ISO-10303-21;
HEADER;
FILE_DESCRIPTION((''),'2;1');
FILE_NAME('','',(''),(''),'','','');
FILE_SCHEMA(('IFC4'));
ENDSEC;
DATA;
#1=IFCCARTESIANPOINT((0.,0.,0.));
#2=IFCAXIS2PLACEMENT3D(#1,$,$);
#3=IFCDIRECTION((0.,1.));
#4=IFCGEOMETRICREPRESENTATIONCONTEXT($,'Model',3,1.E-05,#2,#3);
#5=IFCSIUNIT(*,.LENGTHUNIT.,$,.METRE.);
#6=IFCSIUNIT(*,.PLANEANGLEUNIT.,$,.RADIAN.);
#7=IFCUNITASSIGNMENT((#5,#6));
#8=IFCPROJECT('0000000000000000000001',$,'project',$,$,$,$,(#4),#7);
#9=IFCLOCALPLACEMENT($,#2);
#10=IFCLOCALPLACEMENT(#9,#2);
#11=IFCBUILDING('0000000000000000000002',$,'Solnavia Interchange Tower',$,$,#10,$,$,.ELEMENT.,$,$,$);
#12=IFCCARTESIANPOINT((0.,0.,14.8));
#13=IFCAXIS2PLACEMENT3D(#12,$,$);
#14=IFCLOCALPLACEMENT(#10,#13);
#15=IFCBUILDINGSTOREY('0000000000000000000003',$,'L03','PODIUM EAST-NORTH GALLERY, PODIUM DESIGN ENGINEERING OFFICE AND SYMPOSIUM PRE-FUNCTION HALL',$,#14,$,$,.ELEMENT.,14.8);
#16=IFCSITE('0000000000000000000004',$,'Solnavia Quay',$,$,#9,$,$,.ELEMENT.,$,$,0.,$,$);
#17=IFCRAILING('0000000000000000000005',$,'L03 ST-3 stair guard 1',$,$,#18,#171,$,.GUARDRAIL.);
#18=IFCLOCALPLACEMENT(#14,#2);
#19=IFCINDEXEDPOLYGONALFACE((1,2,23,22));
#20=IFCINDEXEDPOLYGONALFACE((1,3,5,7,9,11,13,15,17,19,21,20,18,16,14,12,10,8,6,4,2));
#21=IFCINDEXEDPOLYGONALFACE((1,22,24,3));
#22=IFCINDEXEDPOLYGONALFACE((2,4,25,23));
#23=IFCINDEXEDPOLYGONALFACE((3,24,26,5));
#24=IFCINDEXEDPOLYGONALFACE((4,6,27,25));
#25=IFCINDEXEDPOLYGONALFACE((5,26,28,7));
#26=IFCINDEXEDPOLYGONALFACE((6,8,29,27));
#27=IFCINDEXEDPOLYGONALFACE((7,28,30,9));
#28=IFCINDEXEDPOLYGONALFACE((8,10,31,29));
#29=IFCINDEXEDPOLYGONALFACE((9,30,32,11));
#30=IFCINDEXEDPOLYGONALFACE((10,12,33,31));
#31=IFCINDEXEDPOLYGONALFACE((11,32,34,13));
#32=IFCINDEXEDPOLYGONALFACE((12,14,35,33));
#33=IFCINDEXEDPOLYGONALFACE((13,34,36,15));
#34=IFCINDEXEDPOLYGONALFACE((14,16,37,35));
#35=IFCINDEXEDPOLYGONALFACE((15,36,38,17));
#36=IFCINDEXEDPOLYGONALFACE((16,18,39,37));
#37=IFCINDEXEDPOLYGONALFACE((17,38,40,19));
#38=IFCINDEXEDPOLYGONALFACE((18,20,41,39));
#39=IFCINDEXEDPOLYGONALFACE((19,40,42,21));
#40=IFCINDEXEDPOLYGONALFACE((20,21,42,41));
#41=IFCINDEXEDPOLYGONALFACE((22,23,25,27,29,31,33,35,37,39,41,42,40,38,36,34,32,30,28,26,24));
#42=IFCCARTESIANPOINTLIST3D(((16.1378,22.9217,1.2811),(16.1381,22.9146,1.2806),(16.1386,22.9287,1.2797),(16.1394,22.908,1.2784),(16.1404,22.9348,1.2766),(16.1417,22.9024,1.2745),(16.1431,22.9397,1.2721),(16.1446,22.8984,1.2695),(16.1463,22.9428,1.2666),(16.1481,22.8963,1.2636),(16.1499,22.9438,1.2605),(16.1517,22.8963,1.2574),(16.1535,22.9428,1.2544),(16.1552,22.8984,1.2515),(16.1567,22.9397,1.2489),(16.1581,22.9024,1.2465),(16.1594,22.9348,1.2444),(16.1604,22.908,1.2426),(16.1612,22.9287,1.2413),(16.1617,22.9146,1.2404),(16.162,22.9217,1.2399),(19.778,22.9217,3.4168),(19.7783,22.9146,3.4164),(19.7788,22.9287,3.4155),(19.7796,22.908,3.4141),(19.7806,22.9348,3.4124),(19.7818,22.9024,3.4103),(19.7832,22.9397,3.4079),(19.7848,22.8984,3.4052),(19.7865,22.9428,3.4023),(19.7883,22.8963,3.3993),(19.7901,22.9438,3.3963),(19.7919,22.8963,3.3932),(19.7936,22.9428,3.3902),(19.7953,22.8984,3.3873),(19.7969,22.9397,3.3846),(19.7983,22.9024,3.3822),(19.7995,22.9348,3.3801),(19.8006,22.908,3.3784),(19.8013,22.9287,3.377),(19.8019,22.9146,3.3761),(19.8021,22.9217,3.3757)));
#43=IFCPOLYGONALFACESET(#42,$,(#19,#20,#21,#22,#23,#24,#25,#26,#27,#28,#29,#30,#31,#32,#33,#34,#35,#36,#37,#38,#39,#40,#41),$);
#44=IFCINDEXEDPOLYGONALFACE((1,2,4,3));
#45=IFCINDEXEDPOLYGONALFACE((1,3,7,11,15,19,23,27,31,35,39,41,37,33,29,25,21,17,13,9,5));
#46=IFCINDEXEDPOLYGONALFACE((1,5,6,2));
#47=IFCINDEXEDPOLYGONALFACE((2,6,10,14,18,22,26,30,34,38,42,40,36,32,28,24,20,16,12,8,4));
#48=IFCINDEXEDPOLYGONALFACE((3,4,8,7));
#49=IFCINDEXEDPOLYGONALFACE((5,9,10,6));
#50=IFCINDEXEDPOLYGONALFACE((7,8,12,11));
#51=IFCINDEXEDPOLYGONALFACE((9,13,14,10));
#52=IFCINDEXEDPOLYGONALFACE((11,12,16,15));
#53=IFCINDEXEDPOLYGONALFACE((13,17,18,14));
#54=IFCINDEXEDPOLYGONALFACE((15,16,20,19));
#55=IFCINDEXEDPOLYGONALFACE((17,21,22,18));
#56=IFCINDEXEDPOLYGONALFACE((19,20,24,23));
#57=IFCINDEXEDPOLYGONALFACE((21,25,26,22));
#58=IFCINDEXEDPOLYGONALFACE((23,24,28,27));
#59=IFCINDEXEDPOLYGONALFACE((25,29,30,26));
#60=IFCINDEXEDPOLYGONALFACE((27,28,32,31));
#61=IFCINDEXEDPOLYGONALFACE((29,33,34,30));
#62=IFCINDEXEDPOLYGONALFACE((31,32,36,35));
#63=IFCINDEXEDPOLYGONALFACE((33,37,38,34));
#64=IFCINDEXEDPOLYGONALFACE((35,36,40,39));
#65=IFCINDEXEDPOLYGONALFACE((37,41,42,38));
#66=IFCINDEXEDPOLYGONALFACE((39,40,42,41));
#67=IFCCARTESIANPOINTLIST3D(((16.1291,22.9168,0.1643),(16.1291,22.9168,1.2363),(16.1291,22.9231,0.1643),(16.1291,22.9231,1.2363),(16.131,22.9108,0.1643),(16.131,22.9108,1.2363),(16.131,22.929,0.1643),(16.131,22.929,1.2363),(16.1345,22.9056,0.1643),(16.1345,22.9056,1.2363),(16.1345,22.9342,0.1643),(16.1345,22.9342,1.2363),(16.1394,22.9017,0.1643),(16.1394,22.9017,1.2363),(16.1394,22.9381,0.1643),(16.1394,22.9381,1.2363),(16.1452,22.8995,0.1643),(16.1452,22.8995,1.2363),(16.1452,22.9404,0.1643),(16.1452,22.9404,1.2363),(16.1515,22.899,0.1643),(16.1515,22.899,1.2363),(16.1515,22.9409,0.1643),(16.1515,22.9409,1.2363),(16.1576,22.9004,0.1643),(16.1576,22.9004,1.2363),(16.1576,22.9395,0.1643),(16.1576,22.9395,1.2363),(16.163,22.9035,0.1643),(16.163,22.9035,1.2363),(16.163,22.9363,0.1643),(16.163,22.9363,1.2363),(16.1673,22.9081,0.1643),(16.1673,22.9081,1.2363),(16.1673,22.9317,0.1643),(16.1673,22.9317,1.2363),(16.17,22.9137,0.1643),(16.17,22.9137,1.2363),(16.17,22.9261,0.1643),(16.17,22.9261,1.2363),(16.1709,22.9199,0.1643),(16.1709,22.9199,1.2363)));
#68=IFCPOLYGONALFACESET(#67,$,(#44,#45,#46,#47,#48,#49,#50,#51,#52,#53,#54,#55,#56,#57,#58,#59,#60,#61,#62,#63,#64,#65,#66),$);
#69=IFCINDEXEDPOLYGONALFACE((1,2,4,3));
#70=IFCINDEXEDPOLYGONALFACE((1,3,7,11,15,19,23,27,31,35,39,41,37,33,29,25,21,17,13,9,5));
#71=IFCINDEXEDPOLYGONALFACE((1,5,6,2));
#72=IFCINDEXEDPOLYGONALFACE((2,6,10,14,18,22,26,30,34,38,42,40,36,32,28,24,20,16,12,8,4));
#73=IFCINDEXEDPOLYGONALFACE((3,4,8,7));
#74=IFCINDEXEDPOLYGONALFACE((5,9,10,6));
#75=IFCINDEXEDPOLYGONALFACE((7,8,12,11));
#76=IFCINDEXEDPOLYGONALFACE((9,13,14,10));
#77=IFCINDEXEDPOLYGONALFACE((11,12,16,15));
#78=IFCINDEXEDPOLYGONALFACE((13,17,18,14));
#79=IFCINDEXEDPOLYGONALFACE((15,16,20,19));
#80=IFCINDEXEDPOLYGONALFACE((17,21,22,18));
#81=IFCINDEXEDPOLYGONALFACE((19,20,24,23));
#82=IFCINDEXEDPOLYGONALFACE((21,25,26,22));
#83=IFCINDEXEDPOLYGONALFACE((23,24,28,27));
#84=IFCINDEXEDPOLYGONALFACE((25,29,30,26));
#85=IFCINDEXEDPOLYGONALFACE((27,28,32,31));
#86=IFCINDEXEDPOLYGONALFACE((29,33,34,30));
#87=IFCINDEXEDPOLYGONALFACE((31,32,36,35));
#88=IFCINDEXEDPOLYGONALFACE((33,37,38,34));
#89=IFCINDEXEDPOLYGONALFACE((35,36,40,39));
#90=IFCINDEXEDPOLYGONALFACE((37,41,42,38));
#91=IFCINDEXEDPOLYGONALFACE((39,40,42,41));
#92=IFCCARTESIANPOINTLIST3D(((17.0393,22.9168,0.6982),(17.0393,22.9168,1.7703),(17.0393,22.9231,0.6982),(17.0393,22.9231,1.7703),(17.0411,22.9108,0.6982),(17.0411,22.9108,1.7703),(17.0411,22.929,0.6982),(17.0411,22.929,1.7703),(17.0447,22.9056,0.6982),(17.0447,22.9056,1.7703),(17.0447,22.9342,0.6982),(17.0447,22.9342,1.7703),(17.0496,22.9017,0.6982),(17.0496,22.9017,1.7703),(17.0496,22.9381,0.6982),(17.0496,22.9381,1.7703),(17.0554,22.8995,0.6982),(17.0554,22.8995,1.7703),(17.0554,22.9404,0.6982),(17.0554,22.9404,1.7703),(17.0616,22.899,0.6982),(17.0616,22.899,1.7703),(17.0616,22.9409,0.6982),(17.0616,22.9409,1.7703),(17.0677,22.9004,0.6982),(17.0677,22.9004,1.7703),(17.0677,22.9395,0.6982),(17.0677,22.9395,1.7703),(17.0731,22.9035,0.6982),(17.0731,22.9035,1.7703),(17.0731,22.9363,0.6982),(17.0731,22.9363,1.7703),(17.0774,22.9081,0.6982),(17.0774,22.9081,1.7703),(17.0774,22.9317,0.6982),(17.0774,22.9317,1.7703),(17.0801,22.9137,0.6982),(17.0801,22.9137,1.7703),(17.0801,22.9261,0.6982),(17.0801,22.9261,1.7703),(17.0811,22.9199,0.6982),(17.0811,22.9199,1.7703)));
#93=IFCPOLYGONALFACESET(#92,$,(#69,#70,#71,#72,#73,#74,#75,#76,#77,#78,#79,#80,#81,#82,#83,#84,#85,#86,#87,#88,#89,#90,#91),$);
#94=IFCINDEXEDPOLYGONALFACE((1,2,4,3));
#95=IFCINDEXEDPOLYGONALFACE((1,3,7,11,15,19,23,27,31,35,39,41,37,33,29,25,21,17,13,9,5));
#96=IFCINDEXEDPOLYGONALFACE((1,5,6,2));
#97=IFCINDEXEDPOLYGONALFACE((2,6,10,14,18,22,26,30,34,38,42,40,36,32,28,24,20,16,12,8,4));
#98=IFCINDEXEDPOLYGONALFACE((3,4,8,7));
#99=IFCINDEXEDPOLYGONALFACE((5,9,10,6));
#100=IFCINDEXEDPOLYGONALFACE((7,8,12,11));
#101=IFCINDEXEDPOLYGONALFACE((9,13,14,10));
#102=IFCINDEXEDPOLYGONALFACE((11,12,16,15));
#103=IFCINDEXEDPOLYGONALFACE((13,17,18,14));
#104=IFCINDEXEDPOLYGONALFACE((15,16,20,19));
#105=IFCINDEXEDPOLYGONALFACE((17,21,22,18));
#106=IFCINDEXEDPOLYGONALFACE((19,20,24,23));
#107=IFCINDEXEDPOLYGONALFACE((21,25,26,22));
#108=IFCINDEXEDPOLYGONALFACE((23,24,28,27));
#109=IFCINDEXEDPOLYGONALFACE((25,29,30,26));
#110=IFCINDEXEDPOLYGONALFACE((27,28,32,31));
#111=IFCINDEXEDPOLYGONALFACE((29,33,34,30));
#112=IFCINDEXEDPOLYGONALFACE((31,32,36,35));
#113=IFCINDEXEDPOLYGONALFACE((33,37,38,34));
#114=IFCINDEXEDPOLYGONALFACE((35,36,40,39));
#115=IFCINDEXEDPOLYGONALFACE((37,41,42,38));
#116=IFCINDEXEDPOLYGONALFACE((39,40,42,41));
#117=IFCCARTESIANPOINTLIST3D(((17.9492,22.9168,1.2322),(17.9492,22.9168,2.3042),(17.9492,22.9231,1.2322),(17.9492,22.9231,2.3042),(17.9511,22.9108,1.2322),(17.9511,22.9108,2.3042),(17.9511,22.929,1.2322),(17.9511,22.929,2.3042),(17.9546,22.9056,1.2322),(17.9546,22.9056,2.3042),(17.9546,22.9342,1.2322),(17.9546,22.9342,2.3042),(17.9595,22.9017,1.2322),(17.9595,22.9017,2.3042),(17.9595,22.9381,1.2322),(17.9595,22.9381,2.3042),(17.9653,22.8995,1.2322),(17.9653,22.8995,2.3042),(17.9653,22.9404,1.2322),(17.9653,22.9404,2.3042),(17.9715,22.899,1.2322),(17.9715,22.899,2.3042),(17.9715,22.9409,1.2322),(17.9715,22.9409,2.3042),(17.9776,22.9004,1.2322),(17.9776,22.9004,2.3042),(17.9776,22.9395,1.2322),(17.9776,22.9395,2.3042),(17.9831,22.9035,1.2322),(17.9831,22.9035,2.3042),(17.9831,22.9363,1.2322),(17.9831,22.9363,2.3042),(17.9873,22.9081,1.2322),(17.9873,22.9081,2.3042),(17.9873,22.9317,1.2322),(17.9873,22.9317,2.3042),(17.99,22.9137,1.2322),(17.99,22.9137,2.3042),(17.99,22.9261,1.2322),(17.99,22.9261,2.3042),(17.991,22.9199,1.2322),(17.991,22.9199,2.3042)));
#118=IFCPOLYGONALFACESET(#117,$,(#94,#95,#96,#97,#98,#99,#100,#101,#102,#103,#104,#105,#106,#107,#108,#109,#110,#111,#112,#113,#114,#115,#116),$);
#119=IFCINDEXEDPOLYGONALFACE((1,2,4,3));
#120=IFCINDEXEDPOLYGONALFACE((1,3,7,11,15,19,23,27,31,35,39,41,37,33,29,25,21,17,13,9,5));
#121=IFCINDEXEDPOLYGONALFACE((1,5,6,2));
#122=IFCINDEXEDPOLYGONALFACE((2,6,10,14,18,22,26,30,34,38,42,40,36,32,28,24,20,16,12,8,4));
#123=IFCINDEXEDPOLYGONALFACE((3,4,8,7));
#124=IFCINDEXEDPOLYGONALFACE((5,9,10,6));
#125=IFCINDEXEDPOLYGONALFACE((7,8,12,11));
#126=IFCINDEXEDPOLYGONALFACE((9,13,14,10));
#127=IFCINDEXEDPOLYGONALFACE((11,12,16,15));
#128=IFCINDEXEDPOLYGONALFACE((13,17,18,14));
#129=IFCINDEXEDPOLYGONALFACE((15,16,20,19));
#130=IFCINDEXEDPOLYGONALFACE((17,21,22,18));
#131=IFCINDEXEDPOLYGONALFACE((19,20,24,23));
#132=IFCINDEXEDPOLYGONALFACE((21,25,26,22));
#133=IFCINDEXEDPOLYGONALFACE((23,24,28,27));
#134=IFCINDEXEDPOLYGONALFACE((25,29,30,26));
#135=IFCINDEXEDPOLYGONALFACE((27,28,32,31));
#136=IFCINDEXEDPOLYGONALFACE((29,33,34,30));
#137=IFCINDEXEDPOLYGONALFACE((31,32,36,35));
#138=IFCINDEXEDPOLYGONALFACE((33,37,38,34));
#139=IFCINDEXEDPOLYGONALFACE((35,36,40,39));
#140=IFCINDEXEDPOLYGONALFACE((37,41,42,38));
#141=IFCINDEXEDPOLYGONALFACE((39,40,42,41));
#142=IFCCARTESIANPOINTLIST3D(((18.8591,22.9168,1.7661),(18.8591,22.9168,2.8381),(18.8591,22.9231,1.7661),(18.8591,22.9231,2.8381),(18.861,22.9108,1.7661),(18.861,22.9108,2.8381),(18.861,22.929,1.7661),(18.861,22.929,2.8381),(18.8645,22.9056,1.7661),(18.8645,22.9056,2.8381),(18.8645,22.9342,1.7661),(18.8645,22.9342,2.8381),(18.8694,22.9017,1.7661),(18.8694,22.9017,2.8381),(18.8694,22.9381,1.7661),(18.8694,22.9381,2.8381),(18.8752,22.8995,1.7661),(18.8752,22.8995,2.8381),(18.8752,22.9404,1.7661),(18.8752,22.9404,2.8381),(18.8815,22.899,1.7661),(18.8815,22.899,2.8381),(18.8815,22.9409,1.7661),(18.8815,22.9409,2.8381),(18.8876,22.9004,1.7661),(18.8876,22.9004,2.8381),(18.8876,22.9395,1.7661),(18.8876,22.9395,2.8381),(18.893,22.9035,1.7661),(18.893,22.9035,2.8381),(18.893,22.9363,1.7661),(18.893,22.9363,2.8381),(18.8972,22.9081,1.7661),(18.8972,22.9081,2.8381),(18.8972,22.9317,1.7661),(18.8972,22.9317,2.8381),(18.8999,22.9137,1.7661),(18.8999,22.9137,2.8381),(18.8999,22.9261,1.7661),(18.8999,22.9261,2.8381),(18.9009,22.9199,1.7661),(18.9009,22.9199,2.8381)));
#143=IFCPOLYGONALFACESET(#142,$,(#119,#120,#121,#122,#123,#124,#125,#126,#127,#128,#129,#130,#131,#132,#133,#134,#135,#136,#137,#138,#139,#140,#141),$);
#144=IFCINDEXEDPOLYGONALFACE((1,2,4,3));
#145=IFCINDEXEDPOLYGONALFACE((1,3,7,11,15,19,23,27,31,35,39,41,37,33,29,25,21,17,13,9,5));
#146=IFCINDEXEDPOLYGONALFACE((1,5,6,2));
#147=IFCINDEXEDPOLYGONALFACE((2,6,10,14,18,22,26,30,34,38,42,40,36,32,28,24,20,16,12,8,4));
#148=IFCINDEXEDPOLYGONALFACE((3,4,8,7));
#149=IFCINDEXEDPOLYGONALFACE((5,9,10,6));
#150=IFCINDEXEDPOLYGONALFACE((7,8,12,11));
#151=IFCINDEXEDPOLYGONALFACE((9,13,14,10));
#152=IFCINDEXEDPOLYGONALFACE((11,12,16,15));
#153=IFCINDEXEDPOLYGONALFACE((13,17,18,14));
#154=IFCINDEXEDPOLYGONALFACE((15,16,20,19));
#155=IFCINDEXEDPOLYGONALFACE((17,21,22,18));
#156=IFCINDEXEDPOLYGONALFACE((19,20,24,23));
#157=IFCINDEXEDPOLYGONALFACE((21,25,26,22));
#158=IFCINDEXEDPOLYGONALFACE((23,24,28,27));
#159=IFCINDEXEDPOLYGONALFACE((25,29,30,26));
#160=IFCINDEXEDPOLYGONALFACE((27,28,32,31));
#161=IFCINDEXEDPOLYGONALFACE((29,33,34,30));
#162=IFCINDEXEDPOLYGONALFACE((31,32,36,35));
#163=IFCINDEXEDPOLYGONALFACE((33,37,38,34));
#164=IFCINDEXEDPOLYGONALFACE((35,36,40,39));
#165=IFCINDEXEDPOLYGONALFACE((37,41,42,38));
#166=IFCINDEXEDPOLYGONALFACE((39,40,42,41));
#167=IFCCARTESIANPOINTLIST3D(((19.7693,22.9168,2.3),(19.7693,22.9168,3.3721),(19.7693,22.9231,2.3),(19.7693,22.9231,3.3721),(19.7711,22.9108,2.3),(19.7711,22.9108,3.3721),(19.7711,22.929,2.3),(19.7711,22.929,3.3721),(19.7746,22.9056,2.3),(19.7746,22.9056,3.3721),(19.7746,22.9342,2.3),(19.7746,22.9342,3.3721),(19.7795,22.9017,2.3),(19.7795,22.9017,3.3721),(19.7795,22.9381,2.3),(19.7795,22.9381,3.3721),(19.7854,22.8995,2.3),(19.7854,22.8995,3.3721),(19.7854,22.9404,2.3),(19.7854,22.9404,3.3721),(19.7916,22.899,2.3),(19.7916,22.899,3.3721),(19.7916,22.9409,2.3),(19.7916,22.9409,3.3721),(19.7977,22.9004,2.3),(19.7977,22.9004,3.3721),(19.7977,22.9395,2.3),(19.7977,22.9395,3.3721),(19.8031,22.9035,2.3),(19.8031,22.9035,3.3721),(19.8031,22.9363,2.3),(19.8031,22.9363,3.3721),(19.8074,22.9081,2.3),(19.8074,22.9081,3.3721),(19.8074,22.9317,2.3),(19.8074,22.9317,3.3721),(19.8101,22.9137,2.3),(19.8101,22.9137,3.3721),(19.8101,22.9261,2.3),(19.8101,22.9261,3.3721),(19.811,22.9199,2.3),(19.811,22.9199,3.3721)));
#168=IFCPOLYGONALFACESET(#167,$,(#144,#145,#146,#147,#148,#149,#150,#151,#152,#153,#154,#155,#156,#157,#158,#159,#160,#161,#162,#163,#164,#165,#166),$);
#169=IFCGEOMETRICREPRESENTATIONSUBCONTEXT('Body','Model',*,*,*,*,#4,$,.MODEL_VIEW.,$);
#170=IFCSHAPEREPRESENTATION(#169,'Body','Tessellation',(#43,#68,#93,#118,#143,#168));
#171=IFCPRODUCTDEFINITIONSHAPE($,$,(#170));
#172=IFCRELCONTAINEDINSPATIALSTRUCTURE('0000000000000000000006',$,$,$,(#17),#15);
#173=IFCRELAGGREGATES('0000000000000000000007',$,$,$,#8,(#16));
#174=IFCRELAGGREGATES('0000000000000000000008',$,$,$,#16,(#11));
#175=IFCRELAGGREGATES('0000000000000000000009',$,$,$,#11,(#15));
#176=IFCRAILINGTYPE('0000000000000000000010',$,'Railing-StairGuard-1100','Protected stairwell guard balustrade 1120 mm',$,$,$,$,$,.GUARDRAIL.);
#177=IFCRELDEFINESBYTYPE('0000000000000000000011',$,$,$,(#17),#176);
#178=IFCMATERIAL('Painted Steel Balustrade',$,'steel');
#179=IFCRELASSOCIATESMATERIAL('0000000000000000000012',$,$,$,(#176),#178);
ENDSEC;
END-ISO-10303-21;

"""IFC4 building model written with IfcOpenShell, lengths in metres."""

from ifc_helpers import new_model, si_unit, direction, frame, origin, origin_2d, place, context, subcontext, project, spatial, circle, extrude, material, type_object, element, save


model = new_model("IFC4")

# Units and contexts
model_context = context("Model", 3, precision=1e-05, world=origin(), true_north=direction((0.0, 1.0)))
body_context = subcontext(model_context, "Body", "Model", "MODEL_VIEW")
ifc_project = project(units=[si_unit("LENGTHUNIT", "METRE"), si_unit("PLANEANGLEUNIT", "RADIAN")], contexts=[model_context])

# Site, building, storey
site_placement = place(None, origin())
site = spatial("IfcSite", under=ifc_project, at=site_placement, Name="Solnavia Quay", CompositionType="ELEMENT", RefElevation=0.0)
building_placement = place(site_placement, origin())
building = spatial("IfcBuilding", under=site, at=building_placement, Name="Solnavia Interchange Tower", CompositionType="ELEMENT")
storey_placement = place(building_placement, frame((0.0, 0.0, 14.8)))
storey = spatial("IfcBuildingStorey", under=building, at=storey_placement, Name="L03", Description="PODIUM EAST-NORTH GALLERY, PODIUM DESIGN ENGINEERING OFFICE AND SYMPOSIUM PRE-FUNCTION HALL", CompositionType="ELEMENT", Elevation=14.8)

# Railing
ifc_material_1 = material(Name="Painted Steel Balustrade", Category="steel")
railing_type_1 = type_object("IfcRailingType", Name="Railing-StairGuard-1100", Description="Protected stairwell guard balustrade 1120 mm", PredefinedType="GUARDRAIL", material=ifc_material_1)
railing_1_placement = place(storey_placement, frame((16.1499, 22.9199, 0.1643)))
element("IfcRailing", 1, at=railing_1_placement, inside=storey, type_object=railing_type_1, Name="L03 ST-3 stair guard 1", PredefinedType="GUARDRAIL", context=body_context, shape_type="SweptSolid", body=[
    extrude(circle(Radius=0.0239, at=origin_2d()), frame((0.0, 0.0, 1.0962), z_axis=(0.862505, 0.0, 0.506049), x_axis=(0.0, 1.0, 0.0)), (0.0, 0.0, 1.0), 4.2205),
    extrude(circle(Radius=0.021, at=origin_2d()), origin(), (0.0, 0.0, 1.0), 1.072),
    extrude(circle(Radius=0.021, at=origin_2d()), frame((0.9102, 0.0, 0.5339)), (0.0, 0.0, 1.0), 1.072),
    extrude(circle(Radius=0.021, at=origin_2d()), frame((1.8201, 0.0, 1.0679)), (0.0, 0.0, 1.0), 1.072),
    extrude(circle(Radius=0.021, at=origin_2d()), frame((2.73, 0.0, 1.6018)), (0.0, 0.0, 1.0), 1.072),
    extrude(circle(Radius=0.021, at=origin_2d()), frame((3.6401, 0.0, 2.1357)), (0.0, 0.0, 1.0), 1.072),
])

save(model, "model.ifc")
